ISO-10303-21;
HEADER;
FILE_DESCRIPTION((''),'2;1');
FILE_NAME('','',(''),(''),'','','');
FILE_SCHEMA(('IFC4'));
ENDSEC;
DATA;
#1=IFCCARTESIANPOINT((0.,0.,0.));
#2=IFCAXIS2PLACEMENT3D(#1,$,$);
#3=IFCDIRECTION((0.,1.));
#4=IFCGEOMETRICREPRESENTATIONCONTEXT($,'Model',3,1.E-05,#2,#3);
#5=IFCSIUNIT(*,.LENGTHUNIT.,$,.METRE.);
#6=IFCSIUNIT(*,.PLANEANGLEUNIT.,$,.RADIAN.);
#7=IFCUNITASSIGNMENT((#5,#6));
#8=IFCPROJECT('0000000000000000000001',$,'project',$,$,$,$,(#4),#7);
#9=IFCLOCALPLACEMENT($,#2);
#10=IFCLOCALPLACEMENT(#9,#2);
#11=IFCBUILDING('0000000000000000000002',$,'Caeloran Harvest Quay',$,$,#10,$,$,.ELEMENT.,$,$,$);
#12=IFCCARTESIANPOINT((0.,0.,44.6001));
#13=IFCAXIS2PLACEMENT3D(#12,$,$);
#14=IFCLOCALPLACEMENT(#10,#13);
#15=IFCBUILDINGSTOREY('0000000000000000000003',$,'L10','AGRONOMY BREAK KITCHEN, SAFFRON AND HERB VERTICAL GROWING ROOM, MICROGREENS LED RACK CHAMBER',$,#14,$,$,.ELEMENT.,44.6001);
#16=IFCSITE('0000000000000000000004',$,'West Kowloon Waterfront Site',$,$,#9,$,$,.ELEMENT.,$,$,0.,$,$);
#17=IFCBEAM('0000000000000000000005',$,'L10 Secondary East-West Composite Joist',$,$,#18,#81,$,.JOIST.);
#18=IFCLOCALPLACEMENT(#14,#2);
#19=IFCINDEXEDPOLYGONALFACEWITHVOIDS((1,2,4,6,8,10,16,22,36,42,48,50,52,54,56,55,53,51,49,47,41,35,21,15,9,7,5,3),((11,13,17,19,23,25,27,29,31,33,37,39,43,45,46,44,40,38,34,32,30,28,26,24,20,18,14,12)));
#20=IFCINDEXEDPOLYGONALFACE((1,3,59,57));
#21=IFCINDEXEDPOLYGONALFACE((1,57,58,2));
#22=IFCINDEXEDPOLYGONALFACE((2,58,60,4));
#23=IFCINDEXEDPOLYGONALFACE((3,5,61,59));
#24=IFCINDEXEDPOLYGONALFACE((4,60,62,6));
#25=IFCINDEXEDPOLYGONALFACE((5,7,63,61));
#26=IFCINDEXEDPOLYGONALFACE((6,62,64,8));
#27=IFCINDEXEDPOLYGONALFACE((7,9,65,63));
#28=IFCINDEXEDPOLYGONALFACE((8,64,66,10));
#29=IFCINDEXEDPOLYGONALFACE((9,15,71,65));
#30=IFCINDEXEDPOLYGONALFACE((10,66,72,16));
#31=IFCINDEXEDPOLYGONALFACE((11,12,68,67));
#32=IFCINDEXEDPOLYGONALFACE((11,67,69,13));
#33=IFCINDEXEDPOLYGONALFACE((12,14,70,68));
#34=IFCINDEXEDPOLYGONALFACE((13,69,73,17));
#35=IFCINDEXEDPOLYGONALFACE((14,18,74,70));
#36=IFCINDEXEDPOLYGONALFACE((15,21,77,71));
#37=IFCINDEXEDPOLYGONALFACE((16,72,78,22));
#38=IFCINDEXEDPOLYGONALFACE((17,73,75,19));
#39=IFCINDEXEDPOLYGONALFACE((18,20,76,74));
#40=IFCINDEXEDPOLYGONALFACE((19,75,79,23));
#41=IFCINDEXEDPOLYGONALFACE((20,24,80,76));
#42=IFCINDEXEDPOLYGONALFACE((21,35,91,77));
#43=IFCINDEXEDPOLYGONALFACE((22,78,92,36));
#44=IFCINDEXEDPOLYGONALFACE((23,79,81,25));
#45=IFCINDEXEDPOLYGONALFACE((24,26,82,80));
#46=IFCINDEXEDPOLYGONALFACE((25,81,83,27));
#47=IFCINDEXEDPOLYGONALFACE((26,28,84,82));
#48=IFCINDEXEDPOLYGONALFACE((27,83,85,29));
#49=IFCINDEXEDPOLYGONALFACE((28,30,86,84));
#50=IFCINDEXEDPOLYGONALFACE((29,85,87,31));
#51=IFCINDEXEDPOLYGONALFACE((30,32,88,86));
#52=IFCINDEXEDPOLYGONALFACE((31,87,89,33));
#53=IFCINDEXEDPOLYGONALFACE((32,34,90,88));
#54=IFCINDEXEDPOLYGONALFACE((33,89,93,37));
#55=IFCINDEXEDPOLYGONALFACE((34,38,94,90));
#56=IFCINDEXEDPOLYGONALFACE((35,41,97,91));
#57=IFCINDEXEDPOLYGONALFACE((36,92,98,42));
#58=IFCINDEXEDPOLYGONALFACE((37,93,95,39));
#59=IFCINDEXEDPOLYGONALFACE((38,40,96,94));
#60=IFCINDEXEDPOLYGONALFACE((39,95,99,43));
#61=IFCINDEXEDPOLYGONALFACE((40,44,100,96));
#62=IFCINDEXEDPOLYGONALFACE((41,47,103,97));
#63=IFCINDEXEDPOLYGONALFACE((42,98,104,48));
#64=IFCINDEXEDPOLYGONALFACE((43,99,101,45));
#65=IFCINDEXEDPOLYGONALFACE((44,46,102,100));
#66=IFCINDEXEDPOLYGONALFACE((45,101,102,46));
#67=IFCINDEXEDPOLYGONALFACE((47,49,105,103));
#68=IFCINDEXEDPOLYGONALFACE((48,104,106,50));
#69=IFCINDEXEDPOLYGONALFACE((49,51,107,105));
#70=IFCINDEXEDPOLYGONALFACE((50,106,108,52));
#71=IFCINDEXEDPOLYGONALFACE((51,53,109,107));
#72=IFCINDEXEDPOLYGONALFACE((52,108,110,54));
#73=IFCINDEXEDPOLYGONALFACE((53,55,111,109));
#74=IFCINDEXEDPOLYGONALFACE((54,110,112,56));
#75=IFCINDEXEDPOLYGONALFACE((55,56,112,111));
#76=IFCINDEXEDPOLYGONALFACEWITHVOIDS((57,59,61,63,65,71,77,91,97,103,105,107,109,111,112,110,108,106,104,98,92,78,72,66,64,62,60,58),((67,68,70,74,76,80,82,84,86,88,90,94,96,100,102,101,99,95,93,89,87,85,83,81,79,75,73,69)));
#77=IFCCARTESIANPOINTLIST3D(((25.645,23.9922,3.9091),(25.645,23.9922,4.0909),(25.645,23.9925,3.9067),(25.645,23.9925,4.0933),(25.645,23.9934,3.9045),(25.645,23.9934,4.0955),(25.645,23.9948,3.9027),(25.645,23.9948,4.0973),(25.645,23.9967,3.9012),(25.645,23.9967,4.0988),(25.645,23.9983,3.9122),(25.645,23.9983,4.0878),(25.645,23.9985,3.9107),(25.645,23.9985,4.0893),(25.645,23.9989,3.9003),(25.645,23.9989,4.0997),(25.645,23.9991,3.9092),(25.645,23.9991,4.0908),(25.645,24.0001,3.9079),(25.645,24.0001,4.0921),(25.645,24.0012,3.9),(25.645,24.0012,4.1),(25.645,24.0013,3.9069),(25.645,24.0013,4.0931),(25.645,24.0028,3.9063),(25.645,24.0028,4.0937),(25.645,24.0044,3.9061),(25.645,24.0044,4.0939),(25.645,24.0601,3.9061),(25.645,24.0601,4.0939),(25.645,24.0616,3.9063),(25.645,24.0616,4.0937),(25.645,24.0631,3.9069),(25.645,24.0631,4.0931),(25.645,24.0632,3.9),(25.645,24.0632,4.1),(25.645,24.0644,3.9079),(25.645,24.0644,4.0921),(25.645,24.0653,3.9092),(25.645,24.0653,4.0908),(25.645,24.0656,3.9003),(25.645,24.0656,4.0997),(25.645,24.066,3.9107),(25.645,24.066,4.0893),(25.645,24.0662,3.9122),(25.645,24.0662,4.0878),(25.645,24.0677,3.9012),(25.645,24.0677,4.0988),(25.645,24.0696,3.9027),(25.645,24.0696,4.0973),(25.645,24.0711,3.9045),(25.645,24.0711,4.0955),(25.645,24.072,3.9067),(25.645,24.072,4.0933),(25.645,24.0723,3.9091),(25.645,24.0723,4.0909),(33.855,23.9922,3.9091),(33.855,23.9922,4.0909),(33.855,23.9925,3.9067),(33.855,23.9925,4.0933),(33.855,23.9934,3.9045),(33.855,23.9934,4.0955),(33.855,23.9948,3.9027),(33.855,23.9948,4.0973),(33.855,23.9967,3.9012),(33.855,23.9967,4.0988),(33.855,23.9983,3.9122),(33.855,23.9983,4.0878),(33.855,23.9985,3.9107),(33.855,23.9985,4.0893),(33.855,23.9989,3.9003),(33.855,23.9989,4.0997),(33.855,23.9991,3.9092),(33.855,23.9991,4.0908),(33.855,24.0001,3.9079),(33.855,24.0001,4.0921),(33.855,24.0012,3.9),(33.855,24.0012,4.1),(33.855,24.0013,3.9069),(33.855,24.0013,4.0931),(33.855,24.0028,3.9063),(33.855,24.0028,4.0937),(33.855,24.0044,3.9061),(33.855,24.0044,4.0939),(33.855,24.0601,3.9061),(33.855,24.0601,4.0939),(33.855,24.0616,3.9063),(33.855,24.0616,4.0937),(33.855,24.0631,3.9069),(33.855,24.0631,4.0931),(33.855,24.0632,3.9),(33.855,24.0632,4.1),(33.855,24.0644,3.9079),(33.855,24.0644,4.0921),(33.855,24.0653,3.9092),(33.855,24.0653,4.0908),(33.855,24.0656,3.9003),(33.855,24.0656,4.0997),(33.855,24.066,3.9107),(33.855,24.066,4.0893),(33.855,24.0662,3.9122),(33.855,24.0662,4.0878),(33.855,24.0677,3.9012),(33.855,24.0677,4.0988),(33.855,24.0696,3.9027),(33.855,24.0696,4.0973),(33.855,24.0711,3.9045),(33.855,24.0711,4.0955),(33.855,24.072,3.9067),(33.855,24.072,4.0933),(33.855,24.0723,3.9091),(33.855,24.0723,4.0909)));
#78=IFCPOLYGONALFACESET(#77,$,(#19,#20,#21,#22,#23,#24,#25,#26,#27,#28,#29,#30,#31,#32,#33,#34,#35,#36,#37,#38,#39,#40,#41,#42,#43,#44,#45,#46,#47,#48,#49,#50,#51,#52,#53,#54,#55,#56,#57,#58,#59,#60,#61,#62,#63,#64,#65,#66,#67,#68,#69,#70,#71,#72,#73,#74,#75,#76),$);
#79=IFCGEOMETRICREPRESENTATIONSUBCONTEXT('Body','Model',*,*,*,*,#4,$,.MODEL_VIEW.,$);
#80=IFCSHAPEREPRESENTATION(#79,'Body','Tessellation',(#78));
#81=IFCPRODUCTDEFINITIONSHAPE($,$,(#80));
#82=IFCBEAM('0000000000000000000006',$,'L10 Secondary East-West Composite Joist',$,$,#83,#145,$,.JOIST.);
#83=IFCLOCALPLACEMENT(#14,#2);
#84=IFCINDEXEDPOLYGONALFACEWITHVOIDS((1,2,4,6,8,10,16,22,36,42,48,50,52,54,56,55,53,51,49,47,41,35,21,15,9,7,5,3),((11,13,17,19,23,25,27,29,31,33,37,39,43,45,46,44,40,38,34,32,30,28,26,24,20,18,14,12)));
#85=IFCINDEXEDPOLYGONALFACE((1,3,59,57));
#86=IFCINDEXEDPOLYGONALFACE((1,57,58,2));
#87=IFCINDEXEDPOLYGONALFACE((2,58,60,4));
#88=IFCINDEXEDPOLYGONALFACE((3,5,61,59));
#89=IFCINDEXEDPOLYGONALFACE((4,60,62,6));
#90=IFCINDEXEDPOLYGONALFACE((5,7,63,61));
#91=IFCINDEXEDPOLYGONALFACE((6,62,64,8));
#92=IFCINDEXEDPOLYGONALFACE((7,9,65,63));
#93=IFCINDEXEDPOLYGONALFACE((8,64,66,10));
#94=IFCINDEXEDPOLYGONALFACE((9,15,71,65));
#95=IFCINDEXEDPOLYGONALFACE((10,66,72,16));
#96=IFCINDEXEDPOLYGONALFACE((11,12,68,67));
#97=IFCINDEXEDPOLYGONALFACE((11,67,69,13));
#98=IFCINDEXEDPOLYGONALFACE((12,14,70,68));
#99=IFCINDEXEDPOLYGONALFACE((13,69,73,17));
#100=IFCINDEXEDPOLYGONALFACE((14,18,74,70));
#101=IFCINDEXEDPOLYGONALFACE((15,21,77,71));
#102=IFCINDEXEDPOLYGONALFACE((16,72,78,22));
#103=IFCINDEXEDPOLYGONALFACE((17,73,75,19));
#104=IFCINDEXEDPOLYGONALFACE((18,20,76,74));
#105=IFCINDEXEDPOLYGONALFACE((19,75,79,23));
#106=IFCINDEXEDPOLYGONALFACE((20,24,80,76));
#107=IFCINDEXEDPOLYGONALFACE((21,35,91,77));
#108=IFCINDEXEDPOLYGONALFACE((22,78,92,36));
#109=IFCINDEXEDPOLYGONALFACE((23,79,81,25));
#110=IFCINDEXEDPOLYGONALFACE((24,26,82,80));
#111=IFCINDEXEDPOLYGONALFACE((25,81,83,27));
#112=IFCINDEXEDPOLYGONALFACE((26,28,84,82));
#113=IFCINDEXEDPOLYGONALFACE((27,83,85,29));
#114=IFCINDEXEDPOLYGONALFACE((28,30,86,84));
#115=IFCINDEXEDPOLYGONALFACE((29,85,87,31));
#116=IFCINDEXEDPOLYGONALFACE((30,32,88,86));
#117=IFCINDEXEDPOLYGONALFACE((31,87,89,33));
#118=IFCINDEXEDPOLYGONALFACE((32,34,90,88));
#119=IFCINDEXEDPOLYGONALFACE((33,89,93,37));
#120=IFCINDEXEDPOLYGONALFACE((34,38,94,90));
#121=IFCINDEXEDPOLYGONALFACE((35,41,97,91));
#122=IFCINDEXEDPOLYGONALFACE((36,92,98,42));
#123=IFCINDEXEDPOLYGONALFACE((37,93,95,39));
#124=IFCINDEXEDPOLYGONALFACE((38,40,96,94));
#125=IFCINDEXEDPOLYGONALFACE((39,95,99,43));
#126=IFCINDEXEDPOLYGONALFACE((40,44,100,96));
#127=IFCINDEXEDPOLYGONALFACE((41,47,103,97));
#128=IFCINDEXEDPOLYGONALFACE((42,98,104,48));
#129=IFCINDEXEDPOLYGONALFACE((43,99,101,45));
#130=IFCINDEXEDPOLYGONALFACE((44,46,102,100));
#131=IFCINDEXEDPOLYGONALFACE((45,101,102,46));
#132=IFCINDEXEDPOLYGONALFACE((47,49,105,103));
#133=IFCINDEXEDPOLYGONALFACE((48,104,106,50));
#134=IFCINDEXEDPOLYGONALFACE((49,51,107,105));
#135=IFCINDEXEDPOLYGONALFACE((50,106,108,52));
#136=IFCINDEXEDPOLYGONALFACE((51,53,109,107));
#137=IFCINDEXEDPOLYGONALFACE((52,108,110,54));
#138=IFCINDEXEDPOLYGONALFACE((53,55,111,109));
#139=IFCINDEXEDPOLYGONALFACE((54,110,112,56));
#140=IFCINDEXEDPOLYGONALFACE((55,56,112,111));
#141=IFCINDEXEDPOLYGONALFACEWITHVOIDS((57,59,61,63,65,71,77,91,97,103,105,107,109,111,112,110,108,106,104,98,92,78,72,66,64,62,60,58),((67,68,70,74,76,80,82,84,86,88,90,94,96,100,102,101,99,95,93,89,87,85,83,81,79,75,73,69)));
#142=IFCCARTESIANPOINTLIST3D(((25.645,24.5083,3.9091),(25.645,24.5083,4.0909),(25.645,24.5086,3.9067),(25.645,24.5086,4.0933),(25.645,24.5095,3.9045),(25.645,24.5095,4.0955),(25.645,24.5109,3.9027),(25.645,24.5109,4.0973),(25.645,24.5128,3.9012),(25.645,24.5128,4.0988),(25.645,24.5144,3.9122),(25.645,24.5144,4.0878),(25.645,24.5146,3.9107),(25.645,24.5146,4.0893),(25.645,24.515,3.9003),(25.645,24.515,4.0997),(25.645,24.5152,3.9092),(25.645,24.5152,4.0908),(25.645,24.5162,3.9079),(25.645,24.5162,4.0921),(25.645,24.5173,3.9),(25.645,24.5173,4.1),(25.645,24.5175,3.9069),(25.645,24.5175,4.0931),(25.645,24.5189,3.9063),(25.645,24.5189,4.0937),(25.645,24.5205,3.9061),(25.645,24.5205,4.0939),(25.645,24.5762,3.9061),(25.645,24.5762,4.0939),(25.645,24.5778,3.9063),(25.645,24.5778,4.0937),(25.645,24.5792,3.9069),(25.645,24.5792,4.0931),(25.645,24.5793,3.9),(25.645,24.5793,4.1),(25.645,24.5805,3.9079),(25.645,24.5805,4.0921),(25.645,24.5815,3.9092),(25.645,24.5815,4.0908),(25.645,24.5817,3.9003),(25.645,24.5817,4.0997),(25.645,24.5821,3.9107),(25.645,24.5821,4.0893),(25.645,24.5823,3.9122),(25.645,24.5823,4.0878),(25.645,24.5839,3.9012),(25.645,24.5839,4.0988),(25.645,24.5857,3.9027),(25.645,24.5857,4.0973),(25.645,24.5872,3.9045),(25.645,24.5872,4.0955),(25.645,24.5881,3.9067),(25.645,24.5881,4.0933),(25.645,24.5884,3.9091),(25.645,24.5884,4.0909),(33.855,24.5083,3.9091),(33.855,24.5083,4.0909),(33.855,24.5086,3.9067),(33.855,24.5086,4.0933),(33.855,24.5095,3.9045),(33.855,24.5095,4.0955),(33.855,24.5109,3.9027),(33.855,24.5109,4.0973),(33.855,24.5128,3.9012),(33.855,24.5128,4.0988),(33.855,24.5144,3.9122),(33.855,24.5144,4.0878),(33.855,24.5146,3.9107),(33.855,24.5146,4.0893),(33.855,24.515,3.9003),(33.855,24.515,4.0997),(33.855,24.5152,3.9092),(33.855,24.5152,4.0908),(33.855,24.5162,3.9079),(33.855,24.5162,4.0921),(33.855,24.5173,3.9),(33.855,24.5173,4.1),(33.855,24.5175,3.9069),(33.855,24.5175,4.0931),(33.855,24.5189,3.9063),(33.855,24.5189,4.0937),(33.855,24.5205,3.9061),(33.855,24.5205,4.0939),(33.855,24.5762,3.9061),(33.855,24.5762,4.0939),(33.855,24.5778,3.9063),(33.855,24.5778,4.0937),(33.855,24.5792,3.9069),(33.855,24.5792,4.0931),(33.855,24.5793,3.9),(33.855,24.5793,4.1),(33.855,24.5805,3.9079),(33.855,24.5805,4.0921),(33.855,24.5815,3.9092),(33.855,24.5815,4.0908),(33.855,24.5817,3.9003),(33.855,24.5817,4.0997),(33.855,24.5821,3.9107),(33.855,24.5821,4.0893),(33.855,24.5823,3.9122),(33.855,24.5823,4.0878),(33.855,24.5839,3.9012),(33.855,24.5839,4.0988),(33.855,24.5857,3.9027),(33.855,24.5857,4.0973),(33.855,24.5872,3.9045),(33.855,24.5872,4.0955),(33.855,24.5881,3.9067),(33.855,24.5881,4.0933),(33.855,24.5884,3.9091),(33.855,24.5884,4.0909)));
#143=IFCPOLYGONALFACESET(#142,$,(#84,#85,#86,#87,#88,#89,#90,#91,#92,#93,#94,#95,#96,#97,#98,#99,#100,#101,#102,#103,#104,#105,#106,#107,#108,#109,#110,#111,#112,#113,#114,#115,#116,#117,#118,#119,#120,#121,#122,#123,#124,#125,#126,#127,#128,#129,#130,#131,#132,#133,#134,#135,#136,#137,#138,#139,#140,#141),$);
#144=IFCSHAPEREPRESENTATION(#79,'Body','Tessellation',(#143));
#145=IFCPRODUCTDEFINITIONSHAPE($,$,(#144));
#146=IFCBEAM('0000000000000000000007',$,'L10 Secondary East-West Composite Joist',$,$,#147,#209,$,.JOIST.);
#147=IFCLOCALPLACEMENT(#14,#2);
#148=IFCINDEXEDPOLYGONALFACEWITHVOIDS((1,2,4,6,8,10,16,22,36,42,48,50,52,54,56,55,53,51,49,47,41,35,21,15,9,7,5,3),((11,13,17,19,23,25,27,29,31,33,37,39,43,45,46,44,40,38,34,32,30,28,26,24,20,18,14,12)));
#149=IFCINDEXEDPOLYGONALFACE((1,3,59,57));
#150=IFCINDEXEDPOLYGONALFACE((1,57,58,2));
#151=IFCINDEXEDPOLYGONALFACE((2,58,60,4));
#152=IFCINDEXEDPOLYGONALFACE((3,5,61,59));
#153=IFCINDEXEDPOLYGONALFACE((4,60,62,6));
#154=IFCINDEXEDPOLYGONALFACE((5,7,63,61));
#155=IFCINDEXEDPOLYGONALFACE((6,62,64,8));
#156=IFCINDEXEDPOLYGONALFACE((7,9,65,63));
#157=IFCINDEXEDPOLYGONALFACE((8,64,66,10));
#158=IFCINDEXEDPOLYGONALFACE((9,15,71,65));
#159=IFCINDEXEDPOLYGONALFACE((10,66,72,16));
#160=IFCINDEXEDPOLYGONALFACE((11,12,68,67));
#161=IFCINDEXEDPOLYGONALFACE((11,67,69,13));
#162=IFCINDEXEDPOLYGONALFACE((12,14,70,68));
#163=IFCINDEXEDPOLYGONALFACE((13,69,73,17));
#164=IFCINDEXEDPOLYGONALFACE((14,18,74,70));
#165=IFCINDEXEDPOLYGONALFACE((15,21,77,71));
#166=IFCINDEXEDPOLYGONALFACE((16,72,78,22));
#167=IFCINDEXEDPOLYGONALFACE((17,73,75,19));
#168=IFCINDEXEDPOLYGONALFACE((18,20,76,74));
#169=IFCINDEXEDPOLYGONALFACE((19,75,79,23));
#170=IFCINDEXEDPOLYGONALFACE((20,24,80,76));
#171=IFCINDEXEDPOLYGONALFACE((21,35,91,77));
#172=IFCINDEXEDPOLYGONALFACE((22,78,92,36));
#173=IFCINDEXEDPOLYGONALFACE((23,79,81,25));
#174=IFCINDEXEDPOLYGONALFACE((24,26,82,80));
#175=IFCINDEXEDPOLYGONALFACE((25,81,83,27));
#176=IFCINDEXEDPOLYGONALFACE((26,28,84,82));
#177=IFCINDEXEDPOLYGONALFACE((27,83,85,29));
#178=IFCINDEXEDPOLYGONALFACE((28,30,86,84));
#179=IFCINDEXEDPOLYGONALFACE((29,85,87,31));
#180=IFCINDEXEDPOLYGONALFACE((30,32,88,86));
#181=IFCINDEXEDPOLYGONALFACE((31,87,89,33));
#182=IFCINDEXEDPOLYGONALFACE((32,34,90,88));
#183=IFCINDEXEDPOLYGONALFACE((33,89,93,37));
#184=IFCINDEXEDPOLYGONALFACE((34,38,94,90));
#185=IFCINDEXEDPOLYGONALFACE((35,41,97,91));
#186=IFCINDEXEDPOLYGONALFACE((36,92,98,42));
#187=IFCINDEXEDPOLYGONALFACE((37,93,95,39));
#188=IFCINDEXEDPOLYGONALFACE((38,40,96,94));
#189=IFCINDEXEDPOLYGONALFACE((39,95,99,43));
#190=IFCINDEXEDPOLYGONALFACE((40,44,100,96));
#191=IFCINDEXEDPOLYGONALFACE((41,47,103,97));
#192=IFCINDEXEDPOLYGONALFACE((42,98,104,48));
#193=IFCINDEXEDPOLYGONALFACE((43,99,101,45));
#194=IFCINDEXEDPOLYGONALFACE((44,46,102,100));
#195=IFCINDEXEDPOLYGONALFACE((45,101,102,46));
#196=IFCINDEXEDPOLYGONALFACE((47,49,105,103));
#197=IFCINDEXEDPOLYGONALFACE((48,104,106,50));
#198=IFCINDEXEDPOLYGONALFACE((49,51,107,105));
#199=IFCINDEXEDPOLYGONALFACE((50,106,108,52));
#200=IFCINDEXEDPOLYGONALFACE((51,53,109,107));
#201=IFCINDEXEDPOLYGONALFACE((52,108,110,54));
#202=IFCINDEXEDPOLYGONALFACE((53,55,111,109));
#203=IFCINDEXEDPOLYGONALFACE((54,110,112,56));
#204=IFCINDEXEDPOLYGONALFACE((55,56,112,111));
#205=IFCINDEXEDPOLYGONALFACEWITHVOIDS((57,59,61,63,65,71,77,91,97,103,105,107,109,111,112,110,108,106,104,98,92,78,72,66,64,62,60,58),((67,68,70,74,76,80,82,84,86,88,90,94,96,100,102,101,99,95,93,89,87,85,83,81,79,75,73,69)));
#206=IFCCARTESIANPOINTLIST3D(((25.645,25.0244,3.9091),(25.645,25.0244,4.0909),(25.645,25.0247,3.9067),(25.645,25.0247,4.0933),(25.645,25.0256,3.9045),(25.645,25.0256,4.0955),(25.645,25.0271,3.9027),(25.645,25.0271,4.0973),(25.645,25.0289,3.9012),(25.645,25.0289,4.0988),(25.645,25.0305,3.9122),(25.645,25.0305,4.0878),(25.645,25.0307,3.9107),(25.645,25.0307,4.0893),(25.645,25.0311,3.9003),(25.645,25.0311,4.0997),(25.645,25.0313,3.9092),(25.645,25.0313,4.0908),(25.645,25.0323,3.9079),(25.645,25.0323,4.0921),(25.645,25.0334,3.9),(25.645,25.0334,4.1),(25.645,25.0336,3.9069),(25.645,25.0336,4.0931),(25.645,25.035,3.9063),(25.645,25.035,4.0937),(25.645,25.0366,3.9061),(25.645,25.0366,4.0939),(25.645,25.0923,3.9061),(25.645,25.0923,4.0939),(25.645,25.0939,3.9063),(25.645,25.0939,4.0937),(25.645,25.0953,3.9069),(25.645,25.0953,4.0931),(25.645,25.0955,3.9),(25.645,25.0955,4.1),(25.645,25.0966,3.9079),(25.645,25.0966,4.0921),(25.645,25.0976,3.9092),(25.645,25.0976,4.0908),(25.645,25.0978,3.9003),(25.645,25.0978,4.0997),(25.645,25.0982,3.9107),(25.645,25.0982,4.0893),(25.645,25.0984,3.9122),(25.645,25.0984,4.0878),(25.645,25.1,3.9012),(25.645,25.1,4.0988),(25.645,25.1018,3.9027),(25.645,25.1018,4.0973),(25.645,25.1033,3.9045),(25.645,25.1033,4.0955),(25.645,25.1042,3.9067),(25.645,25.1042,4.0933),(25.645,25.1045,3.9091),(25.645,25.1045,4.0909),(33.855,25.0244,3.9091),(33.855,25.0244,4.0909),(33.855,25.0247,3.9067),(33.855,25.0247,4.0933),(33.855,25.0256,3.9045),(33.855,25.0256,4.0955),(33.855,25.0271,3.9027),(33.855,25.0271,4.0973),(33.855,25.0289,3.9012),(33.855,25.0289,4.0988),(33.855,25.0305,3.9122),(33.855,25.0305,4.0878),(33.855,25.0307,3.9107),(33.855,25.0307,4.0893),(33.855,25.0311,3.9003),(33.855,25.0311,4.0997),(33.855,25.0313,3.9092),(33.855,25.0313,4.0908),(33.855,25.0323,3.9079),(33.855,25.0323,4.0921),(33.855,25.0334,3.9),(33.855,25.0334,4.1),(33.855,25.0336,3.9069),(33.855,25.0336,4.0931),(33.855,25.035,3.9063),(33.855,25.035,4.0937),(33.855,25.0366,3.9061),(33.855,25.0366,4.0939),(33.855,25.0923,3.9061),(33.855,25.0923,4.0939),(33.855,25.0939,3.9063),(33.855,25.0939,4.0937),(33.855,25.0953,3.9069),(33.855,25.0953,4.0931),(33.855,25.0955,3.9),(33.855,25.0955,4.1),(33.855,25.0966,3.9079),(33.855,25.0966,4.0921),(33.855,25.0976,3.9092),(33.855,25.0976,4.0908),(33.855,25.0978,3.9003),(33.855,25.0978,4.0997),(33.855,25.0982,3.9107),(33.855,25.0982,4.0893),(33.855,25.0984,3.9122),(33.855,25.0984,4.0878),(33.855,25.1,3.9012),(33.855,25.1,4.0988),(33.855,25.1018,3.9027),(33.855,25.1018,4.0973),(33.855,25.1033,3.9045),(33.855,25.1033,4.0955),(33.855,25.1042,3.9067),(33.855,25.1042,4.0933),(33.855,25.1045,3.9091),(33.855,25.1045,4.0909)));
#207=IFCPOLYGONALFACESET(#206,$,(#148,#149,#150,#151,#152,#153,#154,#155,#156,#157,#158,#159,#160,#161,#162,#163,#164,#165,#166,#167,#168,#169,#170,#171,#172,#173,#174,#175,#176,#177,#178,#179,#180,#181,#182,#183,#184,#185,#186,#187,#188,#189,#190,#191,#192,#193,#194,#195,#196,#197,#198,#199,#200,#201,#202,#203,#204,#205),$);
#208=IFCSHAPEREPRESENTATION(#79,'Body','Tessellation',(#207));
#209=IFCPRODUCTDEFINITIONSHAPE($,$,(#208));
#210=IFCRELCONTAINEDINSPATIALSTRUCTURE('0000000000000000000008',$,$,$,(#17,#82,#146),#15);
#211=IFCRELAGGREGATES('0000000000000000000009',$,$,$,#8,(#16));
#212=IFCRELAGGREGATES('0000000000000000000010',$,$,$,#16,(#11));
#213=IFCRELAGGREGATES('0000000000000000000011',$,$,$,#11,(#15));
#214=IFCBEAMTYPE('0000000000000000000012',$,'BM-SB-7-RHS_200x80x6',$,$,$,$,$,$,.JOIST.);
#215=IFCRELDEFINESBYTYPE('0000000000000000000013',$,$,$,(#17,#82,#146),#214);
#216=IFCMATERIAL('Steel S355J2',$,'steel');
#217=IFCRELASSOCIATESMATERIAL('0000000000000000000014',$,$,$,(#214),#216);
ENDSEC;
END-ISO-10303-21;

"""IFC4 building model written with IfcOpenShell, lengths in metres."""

from ifc_helpers import new_model, si_unit, direction, frame, origin, origin_2d, place, context, subcontext, project, spatial, hollow_rectangle, extrude, material, material_profile, profile_set, type_object, element, save


model = new_model("IFC4")

# Units and contexts
model_context = context("Model", 3, precision=1e-05, world=origin(), true_north=direction((0.0, 1.0)))
body_context = subcontext(model_context, "Body", "Model", "MODEL_VIEW")
ifc_project = project(units=[si_unit("LENGTHUNIT", "METRE"), si_unit("PLANEANGLEUNIT", "RADIAN")], contexts=[model_context])

# Site, building, storey
site_placement = place(None, origin())
site = spatial("IfcSite", under=ifc_project, at=site_placement, Name="West Kowloon Waterfront Site", CompositionType="ELEMENT", RefElevation=0.0)
building_placement = place(site_placement, origin())
building = spatial("IfcBuilding", under=site, at=building_placement, Name="Caeloran Harvest Quay", CompositionType="ELEMENT")
storey_placement = place(building_placement, frame((0.0, 0.0, 44.6001)))
storey = spatial("IfcBuildingStorey", under=building, at=storey_placement, Name="L10", Description="AGRONOMY BREAK KITCHEN, SAFFRON AND HERB VERTICAL GROWING ROOM, MICROGREENS LED RACK CHAMBER", CompositionType="ELEMENT", Elevation=44.6001)

# Beams
ifc_material_1 = material(Name="Steel S355J2", Category="steel")
ifc_material_profile_1 = material_profile(ifc_material_1, hollow_rectangle(XDim=0.0801, YDim=0.2, WallThickness=0.0061, InnerFilletRadius=0.0061, OuterFilletRadius=0.009, at=origin_2d()), Name="RHS 200x80x6")
ifc_profile_set_1 = profile_set([ifc_material_profile_1], Name="Steel S355J2")
beam_type_1 = type_object("IfcBeamType", Name="BM-SB-7-RHS_200x80x6", PredefinedType="JOIST", material=ifc_profile_set_1)
for number, where, z_axis, x_axis, name in (
    (1, (25.645, 24.0322, 4.0), (1.0, 0.0, 0.0), (0.0, 1.0, 0.0), "L10 Secondary East-West Composite Joist"),
    (2, (25.645, 24.5483, 4.0), (1.0, 0.0, 0.0), (0.0, 1.0, 0.0), "L10 Secondary East-West Composite Joist"),
    (3, (25.645, 25.0645, 4.0), (1.0, 0.0, 0.0), (0.0, 1.0, 0.0), "L10 Secondary East-West Composite Joist"),
):
    element("IfcBeam", number, at=place(storey_placement, frame(where, z_axis=z_axis, x_axis=x_axis)), inside=storey, type_object=beam_type_1, Name=name, PredefinedType="JOIST", context=body_context, shape_type="SweptSolid", body=[
        extrude(hollow_rectangle(XDim=0.0801, YDim=0.2, WallThickness=0.0061, InnerFilletRadius=0.0061, OuterFilletRadius=0.009, at=origin_2d()), origin(), (0.0, 0.0, 1.0), 8.21),
    ])

save(model, "model.ifc")
